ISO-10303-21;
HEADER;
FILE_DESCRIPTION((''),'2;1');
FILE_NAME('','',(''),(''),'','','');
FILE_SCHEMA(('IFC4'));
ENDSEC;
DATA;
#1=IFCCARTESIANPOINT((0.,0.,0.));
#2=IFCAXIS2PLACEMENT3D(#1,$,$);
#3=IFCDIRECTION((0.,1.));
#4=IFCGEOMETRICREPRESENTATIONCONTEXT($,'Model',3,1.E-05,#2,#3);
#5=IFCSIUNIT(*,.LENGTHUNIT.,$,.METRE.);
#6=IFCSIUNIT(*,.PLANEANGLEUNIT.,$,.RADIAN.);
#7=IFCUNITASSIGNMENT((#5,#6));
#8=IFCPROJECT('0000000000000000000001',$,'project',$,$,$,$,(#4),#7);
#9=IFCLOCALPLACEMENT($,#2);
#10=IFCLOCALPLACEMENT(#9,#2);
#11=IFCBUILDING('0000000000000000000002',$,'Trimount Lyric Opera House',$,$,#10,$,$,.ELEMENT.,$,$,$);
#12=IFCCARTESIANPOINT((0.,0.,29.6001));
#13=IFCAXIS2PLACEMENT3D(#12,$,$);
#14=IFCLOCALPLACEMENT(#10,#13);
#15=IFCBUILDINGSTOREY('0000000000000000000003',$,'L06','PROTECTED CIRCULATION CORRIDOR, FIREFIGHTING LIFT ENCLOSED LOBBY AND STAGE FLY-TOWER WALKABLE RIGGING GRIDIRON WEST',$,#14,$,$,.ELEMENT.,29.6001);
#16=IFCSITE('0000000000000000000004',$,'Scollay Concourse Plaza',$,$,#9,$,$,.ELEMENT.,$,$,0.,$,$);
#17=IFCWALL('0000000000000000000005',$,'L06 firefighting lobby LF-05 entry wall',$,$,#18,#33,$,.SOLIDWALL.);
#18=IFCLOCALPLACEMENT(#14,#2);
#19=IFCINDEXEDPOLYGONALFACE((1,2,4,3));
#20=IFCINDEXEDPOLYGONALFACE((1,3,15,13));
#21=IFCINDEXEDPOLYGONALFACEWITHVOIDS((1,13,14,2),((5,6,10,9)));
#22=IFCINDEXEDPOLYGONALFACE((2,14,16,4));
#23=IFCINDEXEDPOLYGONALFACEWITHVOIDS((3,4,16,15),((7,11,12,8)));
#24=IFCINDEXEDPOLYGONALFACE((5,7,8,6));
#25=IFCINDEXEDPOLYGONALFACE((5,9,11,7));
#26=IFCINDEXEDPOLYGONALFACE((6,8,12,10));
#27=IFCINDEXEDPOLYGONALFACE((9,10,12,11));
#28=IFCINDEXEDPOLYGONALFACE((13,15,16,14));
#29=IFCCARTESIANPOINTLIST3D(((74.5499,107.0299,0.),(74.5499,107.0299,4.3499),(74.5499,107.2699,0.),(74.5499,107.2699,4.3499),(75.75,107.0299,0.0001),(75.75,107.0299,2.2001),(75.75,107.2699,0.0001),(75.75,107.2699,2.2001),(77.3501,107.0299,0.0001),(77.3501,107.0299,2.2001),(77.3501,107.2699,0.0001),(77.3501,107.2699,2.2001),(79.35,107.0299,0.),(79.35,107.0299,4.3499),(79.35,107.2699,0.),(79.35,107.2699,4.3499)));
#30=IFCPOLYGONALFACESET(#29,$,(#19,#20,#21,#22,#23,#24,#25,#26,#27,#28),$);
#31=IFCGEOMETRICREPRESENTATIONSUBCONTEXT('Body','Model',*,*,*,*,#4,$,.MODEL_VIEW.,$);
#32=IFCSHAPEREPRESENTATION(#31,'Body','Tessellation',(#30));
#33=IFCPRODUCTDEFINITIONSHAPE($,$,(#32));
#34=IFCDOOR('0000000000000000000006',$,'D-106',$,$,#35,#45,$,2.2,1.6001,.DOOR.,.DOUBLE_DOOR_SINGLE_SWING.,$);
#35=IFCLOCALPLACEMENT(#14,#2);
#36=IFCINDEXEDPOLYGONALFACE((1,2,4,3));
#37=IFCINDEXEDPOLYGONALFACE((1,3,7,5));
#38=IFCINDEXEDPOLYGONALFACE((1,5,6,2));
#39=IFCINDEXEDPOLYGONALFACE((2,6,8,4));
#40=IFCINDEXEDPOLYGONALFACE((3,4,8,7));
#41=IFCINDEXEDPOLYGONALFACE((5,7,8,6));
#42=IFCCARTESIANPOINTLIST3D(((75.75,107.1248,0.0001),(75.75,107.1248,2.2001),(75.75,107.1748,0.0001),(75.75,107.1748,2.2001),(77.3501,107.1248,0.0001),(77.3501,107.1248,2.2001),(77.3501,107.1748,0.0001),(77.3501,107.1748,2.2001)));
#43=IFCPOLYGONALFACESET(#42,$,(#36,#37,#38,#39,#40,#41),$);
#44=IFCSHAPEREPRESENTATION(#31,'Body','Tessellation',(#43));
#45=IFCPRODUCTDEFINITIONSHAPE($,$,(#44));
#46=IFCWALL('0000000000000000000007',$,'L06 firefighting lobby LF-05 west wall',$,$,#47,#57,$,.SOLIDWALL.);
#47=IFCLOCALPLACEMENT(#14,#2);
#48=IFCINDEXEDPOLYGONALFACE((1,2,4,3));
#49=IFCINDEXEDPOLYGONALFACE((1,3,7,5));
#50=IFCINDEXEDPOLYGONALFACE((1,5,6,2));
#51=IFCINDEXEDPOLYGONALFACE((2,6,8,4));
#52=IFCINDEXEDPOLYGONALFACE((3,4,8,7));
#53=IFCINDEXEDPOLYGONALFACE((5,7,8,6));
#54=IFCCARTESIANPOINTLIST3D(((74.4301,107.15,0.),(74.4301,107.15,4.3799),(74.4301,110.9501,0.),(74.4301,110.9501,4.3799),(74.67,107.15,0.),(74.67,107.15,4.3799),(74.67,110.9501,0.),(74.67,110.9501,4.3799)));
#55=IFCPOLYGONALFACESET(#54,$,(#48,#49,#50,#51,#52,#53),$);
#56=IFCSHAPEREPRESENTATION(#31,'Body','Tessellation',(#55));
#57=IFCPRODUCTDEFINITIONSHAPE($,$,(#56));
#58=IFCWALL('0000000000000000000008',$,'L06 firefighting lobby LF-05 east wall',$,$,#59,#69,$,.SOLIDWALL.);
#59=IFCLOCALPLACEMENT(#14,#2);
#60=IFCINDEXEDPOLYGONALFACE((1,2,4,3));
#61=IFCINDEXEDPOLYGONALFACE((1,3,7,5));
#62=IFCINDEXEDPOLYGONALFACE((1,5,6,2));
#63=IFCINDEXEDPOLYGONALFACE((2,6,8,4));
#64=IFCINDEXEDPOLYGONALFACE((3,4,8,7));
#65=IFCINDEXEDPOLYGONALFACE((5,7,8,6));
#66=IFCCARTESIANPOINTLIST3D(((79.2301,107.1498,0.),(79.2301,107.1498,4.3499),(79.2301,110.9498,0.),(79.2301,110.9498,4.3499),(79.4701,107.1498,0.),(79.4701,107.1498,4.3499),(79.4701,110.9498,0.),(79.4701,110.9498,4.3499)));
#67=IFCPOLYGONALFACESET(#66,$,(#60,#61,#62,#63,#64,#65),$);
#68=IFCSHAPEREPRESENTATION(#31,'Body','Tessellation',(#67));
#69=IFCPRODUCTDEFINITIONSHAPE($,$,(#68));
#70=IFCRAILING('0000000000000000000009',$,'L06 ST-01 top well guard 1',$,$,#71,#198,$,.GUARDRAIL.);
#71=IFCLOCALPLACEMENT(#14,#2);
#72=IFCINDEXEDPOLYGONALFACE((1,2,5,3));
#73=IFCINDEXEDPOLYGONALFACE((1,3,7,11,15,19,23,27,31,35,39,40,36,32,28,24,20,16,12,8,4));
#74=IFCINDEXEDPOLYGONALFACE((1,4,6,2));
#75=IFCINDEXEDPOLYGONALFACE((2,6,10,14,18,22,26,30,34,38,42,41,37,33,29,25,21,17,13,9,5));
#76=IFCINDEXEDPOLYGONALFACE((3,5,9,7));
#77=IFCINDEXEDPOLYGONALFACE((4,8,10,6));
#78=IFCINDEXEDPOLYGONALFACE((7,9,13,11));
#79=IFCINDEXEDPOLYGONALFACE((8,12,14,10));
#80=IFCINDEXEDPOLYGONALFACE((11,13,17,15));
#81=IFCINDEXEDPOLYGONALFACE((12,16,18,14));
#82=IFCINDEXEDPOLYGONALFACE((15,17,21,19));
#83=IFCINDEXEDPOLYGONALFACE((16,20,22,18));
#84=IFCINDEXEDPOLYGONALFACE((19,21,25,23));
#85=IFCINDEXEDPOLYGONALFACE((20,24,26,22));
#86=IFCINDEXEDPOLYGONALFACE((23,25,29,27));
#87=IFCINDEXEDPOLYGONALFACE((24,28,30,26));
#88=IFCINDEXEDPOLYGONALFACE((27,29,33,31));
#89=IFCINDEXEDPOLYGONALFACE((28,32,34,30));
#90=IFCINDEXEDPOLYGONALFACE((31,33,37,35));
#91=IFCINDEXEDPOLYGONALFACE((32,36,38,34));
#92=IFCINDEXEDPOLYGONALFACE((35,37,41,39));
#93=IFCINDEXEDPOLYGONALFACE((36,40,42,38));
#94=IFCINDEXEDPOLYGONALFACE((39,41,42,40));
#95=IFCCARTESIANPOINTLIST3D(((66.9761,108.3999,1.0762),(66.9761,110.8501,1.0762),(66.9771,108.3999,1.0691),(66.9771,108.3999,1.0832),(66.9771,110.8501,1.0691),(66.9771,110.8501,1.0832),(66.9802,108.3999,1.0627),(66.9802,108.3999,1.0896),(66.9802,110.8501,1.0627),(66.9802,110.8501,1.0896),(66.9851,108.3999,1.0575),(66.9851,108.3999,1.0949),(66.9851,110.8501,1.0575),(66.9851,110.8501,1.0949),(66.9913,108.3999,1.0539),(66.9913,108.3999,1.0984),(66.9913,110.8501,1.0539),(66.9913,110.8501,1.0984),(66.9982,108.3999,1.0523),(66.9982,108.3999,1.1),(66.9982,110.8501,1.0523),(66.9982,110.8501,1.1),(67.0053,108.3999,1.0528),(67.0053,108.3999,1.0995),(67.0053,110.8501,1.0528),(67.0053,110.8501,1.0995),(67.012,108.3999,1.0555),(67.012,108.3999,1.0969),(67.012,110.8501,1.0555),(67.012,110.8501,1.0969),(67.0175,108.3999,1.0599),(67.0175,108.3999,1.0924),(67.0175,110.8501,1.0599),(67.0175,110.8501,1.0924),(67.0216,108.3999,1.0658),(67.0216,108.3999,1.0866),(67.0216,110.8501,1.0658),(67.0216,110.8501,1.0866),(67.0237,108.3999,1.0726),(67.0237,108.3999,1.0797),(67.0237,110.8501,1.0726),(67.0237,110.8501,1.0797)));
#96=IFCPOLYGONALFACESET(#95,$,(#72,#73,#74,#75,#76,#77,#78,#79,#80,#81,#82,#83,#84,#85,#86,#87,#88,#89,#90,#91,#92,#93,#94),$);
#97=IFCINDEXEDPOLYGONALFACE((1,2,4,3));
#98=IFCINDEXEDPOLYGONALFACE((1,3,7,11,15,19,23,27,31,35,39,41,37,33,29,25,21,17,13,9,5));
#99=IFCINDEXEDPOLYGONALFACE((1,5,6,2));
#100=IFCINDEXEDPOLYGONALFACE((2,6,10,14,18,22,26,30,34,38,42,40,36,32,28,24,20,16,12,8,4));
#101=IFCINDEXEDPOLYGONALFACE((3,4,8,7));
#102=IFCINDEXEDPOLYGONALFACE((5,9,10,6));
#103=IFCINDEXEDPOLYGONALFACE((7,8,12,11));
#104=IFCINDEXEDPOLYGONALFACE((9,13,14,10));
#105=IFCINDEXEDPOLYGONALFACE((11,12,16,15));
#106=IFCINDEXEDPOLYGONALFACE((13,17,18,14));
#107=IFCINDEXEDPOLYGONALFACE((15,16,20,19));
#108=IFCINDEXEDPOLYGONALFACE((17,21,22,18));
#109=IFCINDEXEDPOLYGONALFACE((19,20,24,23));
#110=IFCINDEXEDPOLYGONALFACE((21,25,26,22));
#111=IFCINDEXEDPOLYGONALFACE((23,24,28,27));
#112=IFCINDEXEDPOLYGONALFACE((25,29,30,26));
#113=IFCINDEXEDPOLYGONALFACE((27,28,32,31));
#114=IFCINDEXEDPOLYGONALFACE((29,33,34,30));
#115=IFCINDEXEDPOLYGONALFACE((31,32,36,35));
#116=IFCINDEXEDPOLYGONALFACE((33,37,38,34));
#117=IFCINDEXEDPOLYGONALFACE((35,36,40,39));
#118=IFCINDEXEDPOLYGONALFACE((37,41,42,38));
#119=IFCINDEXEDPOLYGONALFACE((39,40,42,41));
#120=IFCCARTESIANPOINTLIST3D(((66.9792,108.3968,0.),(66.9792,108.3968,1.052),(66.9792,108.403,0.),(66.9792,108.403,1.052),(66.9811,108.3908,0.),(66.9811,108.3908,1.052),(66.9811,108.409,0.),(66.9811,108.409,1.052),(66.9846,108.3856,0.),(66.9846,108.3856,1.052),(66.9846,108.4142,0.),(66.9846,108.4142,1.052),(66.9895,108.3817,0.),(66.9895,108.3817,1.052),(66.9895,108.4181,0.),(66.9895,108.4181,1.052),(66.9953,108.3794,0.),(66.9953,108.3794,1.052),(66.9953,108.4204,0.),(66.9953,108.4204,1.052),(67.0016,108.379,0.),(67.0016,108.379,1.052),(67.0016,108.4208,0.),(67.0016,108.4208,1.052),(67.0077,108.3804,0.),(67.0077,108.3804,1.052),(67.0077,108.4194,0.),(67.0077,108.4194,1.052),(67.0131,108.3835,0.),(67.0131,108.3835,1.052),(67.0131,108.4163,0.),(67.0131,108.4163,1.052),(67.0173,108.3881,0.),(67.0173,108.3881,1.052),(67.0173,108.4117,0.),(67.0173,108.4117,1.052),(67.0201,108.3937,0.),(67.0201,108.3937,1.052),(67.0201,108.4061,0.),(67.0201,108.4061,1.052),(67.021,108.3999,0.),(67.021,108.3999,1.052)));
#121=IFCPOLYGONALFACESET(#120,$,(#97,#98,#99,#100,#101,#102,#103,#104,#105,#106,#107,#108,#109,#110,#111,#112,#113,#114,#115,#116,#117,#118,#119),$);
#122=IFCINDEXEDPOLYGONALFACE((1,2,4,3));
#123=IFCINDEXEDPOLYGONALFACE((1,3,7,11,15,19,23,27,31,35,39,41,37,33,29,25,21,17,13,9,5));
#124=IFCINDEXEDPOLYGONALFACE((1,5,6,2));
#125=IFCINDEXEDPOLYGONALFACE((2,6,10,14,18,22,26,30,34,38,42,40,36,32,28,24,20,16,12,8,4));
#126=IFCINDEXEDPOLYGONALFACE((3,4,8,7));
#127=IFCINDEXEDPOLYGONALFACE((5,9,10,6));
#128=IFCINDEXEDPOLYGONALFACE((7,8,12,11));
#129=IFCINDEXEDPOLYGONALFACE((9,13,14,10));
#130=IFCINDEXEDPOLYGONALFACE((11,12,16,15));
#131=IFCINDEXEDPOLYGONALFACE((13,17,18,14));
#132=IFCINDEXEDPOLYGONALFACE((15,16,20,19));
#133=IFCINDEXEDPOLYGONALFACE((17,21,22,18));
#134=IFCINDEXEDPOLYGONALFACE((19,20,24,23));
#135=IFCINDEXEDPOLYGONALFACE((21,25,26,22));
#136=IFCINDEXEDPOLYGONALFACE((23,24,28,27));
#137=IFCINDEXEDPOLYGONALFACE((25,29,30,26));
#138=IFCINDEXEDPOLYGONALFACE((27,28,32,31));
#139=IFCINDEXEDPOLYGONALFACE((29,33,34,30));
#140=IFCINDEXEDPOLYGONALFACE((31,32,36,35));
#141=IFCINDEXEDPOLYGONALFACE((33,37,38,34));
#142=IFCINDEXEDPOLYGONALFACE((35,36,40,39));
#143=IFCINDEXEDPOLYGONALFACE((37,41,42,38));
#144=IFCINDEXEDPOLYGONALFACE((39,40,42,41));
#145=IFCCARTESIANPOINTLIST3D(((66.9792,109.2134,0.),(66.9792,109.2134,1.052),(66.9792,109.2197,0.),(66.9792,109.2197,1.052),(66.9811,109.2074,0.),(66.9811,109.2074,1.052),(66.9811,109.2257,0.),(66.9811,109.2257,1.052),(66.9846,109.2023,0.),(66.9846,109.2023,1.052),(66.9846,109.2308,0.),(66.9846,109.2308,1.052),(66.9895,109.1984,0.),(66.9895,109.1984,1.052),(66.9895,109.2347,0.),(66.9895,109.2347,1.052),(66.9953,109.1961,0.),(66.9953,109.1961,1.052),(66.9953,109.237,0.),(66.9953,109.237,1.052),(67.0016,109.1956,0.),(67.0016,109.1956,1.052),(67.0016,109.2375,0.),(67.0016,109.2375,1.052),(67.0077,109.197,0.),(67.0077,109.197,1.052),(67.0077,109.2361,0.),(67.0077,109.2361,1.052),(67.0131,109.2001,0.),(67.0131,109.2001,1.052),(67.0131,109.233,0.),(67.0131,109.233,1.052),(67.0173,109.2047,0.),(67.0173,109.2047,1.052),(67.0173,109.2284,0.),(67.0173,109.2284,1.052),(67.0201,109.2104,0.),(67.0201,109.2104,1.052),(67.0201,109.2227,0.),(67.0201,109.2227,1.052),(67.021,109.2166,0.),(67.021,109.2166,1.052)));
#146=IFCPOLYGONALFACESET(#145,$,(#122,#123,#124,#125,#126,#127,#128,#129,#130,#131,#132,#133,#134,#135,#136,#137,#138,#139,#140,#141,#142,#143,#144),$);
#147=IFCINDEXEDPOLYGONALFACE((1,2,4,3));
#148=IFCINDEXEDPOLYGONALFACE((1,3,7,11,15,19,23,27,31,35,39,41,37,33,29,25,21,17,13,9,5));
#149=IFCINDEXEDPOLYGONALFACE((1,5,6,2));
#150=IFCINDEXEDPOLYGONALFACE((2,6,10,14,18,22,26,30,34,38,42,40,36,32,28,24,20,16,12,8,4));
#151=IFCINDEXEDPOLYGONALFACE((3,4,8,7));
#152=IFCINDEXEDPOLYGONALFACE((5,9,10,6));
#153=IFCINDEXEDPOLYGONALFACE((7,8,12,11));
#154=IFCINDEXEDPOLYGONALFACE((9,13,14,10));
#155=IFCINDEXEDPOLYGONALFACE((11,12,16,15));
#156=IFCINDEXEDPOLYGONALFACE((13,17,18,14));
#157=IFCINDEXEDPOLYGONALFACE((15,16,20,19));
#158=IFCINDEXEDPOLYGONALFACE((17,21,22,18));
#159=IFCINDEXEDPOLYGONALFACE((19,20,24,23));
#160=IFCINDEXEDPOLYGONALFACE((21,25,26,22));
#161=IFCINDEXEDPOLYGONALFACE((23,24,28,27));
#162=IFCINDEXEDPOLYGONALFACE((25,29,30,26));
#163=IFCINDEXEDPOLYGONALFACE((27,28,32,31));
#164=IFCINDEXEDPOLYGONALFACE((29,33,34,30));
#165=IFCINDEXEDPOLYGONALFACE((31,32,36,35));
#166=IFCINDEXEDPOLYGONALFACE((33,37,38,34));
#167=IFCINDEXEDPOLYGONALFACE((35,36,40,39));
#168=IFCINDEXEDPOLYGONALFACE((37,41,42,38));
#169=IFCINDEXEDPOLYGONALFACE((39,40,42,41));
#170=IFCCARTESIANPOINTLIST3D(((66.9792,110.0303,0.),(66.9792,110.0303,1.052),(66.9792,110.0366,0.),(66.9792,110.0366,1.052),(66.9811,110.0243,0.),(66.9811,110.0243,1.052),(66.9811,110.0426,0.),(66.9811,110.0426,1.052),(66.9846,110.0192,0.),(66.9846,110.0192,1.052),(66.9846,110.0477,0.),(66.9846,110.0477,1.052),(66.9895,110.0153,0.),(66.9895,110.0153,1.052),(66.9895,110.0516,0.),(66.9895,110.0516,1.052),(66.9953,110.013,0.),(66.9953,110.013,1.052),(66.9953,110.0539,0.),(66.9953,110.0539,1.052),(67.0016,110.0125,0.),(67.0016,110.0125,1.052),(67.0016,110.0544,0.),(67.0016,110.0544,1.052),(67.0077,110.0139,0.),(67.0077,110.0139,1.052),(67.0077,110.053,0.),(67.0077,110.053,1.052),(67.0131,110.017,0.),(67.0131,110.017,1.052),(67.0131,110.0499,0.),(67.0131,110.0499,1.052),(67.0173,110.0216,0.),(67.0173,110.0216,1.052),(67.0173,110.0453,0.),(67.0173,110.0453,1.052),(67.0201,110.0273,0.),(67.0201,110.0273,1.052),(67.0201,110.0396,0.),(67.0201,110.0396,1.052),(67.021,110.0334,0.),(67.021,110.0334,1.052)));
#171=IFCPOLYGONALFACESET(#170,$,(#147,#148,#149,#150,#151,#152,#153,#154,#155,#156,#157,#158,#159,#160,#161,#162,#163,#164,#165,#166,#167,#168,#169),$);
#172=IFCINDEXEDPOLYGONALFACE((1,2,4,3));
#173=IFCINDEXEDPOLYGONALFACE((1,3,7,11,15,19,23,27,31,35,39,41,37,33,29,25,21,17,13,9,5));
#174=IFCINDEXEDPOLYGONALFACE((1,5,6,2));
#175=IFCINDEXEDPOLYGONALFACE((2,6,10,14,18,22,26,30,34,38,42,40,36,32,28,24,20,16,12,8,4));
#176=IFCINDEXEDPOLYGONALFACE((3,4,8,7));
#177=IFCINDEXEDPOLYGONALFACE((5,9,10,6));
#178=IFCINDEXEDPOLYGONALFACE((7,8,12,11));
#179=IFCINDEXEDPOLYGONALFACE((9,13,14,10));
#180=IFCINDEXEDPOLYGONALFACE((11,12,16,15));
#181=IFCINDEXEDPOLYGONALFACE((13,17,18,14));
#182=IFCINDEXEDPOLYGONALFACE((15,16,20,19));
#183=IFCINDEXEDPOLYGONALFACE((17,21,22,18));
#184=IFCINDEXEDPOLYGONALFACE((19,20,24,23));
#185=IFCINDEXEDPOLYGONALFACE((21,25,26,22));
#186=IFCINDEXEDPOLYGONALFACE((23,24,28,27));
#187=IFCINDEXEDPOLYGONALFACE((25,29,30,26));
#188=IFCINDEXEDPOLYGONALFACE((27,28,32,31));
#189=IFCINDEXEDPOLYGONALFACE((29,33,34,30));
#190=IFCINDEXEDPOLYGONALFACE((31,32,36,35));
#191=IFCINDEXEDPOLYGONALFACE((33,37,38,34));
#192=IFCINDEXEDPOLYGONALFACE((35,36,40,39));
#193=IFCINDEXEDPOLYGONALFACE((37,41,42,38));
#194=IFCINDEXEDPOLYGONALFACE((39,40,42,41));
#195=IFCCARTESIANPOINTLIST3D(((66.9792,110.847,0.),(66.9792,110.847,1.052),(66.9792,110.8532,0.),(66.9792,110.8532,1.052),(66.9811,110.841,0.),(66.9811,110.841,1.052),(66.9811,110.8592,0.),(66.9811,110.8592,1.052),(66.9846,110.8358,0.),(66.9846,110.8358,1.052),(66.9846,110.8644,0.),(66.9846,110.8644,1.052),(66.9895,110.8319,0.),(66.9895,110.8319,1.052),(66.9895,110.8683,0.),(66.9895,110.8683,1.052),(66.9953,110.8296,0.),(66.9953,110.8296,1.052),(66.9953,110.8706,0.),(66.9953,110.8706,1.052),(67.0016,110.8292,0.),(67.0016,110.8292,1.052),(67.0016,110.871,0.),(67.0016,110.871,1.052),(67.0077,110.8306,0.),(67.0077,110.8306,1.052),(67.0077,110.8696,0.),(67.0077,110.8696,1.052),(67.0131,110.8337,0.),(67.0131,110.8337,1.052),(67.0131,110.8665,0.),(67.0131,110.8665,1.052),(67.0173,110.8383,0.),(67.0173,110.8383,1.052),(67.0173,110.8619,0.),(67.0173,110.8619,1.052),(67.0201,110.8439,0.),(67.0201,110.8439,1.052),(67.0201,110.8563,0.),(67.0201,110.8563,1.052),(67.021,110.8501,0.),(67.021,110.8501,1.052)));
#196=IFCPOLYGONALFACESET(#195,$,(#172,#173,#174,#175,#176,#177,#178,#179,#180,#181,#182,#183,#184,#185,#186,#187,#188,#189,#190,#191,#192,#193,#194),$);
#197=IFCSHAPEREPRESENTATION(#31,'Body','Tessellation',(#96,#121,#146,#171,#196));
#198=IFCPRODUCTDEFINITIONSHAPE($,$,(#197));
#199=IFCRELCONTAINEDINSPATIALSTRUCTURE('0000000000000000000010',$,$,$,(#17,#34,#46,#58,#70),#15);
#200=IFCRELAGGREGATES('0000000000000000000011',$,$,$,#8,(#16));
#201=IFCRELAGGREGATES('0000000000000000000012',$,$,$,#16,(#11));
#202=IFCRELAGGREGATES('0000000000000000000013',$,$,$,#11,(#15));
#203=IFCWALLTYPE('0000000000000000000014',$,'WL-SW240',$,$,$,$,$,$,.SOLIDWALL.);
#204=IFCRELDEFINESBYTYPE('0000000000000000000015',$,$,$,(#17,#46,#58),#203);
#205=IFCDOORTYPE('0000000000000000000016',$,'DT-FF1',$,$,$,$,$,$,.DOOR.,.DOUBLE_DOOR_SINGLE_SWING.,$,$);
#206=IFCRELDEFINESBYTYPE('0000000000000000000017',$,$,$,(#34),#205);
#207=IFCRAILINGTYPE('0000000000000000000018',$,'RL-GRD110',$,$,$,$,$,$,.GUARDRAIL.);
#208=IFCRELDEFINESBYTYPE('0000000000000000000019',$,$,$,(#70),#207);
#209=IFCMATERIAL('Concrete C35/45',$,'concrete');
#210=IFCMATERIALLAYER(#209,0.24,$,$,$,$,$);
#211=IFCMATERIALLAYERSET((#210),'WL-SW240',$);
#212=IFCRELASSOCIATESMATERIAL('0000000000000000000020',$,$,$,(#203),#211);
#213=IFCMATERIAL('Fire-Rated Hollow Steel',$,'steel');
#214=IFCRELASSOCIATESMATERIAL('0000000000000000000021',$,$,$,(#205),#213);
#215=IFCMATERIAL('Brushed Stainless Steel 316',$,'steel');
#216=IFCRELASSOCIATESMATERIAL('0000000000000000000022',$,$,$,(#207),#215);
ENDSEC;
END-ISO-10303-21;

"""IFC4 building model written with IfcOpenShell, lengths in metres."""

from ifc_helpers import new_model, si_unit, direction, frame, frame_2d, origin, origin_2d, place, context, subcontext, project, spatial, rectangle, circle, extrude, material, layer, layer_set, type_object, element, fill, save


model = new_model("IFC4")

# Units and contexts
model_context = context("Model", 3, precision=1e-05, world=origin(), true_north=direction((0.0, 1.0)))
body_context = subcontext(model_context, "Body", "Model", "MODEL_VIEW")
ifc_project = project(units=[si_unit("LENGTHUNIT", "METRE"), si_unit("PLANEANGLEUNIT", "RADIAN")], contexts=[model_context])

# Site, building, storey
site_placement = place(None, origin())
site = spatial("IfcSite", under=ifc_project, at=site_placement, Name="Scollay Concourse Plaza", CompositionType="ELEMENT", RefElevation=0.0)
building_placement = place(site_placement, origin())
building = spatial("IfcBuilding", under=site, at=building_placement, Name="Trimount Lyric Opera House", CompositionType="ELEMENT")
storey_placement = place(building_placement, frame((0.0, 0.0, 29.6001)))
storey = spatial("IfcBuildingStorey", under=building, at=storey_placement, Name="L06", Description="PROTECTED CIRCULATION CORRIDOR, FIREFIGHTING LIFT ENCLOSED LOBBY AND STAGE FLY-TOWER WALKABLE RIGGING GRIDIRON WEST", CompositionType="ELEMENT", Elevation=29.6001)

# Wall, opening, door
ifc_material_1 = material(Name="Concrete C35/45", Category="concrete")
ifc_layer_1 = layer(ifc_material_1, 0.24)
ifc_layer_set_1 = layer_set([ifc_layer_1], Name="WL-SW240")
wall_type_1 = type_object("IfcWallType", Name="WL-SW240", PredefinedType="SOLIDWALL", material=ifc_layer_set_1)
wall_1_placement = place(storey_placement, frame((74.55, 107.1499, 0.0), z_axis=(0.0, 0.0, 1.0), x_axis=(1.0, 0.0, 0.0)))
wall_1 = element("IfcWall", 1, at=wall_1_placement, inside=storey, type_object=wall_type_1, Name="L06 firefighting lobby LF-05 entry wall", PredefinedType="SOLIDWALL", context=body_context, shape_type="SweptSolid", body=[
    extrude(rectangle(XDim=4.8, YDim=0.24, at=frame_2d((2.3999, 0.0))), origin(), (0.0, 0.0, 1.0), 4.3499),
])
opening_1_placement = place(wall_1_placement, frame((1.2, 0.0, 0.0)))
opening_1 = element("IfcOpeningElement", 2, at=opening_1_placement, cuts=wall_1, PredefinedType="OPENING", context=body_context, shape_type="SweptSolid", body=[
    extrude(rectangle(XDim=1.6001, YDim=2.2, at=frame_2d((0.8, 1.1001))), frame((0.0, 0.1299, 0.0), z_axis=(0.0, -1.0, 0.0), x_axis=(1.0, 0.0, 0.0)), (0.0, 0.0, 1.0), 0.26),
])
ifc_material_2 = material(Name="Fire-Rated Hollow Steel", Category="steel")
door_type_1 = type_object("IfcDoorType", Name="DT-FF1", OperationType="DOUBLE_DOOR_SINGLE_SWING", PredefinedType="DOOR", material=ifc_material_2)
door_1_placement = place(opening_1_placement, origin())
door_1 = element("IfcDoor", 3, at=door_1_placement, inside=storey, type_object=door_type_1, Name="D-106", OperationType="DOUBLE_DOOR_SINGLE_SWING", OverallHeight=2.2, OverallWidth=1.6001, PredefinedType="DOOR", context=body_context, shape_type="SweptSolid", body=[
    extrude(rectangle(XDim=1.6001, YDim=2.2, at=frame_2d((0.8, 1.1001))), frame((0.0, 0.0249, 0.0), z_axis=(0.0, -1.0, 0.0), x_axis=(1.0, 0.0, 0.0)), (0.0, 0.0, 1.0), 0.05),
])
fill(opening_1, door_1)

# Walls
wall_2_placement = place(storey_placement, frame((74.55, 110.95, 0.0), z_axis=(0.0, 0.0, 1.0), x_axis=(0.0, -1.0, 0.0)))
element("IfcWall", 4, at=wall_2_placement, inside=storey, type_object=wall_type_1, Name="L06 firefighting lobby LF-05 west wall", PredefinedType="SOLIDWALL", context=body_context, shape_type="SweptSolid", body=[
    extrude(rectangle(XDim=3.8, YDim=0.24, at=frame_2d((1.8999, 0.0))), origin(), (0.0, 0.0, 1.0), 4.3799),
])
wall_3_placement = place(storey_placement, frame((79.3501, 107.1499, 0.0), z_axis=(0.0, 0.0, 1.0), x_axis=(0.0, 1.0, 0.0)))
element("IfcWall", 5, at=wall_3_placement, inside=storey, type_object=wall_type_1, Name="L06 firefighting lobby LF-05 east wall", PredefinedType="SOLIDWALL", context=body_context, shape_type="SweptSolid", body=[
    extrude(rectangle(XDim=3.8, YDim=0.24, at=frame_2d((1.8999, 0.0))), origin(), (0.0, 0.0, 1.0), 4.3499),
])

# Railing
ifc_material_3 = material(Name="Brushed Stainless Steel 316", Category="steel")
railing_type = type_object("IfcRailingType", Name="RL-GRD110", PredefinedType="GUARDRAIL", material=ifc_material_3)
railing_1_placement = place(storey_placement, frame((67.0, 108.3999, 0.0)))
element("IfcRailing", 6, at=railing_1_placement, inside=storey, type_object=railing_type, Name="L06 ST-01 top well guard 1", PredefinedType="GUARDRAIL", context=body_context, shape_type="SweptSolid", body=[
    extrude(circle(Radius=0.0239, at=origin_2d()), frame((0.0, 0.0, 1.0762), z_axis=(0.0, 1.0, 0.0), x_axis=(-1.0, 0.0, 0.0)), (0.0, 0.0, 1.0), 2.4502),
    extrude(circle(Radius=0.021, at=origin_2d()), origin(), (0.0, 0.0, 1.0), 1.052),
    extrude(circle(Radius=0.021, at=origin_2d()), frame((0.0, 0.8167, 0.0)), (0.0, 0.0, 1.0), 1.052),
    extrude(circle(Radius=0.021, at=origin_2d()), frame((0.0, 1.6335, 0.0)), (0.0, 0.0, 1.0), 1.052),
    extrude(circle(Radius=0.021, at=origin_2d()), frame((0.0, 2.4502, 0.0)), (0.0, 0.0, 1.0), 1.052),
])

save(model, "model.ifc")
